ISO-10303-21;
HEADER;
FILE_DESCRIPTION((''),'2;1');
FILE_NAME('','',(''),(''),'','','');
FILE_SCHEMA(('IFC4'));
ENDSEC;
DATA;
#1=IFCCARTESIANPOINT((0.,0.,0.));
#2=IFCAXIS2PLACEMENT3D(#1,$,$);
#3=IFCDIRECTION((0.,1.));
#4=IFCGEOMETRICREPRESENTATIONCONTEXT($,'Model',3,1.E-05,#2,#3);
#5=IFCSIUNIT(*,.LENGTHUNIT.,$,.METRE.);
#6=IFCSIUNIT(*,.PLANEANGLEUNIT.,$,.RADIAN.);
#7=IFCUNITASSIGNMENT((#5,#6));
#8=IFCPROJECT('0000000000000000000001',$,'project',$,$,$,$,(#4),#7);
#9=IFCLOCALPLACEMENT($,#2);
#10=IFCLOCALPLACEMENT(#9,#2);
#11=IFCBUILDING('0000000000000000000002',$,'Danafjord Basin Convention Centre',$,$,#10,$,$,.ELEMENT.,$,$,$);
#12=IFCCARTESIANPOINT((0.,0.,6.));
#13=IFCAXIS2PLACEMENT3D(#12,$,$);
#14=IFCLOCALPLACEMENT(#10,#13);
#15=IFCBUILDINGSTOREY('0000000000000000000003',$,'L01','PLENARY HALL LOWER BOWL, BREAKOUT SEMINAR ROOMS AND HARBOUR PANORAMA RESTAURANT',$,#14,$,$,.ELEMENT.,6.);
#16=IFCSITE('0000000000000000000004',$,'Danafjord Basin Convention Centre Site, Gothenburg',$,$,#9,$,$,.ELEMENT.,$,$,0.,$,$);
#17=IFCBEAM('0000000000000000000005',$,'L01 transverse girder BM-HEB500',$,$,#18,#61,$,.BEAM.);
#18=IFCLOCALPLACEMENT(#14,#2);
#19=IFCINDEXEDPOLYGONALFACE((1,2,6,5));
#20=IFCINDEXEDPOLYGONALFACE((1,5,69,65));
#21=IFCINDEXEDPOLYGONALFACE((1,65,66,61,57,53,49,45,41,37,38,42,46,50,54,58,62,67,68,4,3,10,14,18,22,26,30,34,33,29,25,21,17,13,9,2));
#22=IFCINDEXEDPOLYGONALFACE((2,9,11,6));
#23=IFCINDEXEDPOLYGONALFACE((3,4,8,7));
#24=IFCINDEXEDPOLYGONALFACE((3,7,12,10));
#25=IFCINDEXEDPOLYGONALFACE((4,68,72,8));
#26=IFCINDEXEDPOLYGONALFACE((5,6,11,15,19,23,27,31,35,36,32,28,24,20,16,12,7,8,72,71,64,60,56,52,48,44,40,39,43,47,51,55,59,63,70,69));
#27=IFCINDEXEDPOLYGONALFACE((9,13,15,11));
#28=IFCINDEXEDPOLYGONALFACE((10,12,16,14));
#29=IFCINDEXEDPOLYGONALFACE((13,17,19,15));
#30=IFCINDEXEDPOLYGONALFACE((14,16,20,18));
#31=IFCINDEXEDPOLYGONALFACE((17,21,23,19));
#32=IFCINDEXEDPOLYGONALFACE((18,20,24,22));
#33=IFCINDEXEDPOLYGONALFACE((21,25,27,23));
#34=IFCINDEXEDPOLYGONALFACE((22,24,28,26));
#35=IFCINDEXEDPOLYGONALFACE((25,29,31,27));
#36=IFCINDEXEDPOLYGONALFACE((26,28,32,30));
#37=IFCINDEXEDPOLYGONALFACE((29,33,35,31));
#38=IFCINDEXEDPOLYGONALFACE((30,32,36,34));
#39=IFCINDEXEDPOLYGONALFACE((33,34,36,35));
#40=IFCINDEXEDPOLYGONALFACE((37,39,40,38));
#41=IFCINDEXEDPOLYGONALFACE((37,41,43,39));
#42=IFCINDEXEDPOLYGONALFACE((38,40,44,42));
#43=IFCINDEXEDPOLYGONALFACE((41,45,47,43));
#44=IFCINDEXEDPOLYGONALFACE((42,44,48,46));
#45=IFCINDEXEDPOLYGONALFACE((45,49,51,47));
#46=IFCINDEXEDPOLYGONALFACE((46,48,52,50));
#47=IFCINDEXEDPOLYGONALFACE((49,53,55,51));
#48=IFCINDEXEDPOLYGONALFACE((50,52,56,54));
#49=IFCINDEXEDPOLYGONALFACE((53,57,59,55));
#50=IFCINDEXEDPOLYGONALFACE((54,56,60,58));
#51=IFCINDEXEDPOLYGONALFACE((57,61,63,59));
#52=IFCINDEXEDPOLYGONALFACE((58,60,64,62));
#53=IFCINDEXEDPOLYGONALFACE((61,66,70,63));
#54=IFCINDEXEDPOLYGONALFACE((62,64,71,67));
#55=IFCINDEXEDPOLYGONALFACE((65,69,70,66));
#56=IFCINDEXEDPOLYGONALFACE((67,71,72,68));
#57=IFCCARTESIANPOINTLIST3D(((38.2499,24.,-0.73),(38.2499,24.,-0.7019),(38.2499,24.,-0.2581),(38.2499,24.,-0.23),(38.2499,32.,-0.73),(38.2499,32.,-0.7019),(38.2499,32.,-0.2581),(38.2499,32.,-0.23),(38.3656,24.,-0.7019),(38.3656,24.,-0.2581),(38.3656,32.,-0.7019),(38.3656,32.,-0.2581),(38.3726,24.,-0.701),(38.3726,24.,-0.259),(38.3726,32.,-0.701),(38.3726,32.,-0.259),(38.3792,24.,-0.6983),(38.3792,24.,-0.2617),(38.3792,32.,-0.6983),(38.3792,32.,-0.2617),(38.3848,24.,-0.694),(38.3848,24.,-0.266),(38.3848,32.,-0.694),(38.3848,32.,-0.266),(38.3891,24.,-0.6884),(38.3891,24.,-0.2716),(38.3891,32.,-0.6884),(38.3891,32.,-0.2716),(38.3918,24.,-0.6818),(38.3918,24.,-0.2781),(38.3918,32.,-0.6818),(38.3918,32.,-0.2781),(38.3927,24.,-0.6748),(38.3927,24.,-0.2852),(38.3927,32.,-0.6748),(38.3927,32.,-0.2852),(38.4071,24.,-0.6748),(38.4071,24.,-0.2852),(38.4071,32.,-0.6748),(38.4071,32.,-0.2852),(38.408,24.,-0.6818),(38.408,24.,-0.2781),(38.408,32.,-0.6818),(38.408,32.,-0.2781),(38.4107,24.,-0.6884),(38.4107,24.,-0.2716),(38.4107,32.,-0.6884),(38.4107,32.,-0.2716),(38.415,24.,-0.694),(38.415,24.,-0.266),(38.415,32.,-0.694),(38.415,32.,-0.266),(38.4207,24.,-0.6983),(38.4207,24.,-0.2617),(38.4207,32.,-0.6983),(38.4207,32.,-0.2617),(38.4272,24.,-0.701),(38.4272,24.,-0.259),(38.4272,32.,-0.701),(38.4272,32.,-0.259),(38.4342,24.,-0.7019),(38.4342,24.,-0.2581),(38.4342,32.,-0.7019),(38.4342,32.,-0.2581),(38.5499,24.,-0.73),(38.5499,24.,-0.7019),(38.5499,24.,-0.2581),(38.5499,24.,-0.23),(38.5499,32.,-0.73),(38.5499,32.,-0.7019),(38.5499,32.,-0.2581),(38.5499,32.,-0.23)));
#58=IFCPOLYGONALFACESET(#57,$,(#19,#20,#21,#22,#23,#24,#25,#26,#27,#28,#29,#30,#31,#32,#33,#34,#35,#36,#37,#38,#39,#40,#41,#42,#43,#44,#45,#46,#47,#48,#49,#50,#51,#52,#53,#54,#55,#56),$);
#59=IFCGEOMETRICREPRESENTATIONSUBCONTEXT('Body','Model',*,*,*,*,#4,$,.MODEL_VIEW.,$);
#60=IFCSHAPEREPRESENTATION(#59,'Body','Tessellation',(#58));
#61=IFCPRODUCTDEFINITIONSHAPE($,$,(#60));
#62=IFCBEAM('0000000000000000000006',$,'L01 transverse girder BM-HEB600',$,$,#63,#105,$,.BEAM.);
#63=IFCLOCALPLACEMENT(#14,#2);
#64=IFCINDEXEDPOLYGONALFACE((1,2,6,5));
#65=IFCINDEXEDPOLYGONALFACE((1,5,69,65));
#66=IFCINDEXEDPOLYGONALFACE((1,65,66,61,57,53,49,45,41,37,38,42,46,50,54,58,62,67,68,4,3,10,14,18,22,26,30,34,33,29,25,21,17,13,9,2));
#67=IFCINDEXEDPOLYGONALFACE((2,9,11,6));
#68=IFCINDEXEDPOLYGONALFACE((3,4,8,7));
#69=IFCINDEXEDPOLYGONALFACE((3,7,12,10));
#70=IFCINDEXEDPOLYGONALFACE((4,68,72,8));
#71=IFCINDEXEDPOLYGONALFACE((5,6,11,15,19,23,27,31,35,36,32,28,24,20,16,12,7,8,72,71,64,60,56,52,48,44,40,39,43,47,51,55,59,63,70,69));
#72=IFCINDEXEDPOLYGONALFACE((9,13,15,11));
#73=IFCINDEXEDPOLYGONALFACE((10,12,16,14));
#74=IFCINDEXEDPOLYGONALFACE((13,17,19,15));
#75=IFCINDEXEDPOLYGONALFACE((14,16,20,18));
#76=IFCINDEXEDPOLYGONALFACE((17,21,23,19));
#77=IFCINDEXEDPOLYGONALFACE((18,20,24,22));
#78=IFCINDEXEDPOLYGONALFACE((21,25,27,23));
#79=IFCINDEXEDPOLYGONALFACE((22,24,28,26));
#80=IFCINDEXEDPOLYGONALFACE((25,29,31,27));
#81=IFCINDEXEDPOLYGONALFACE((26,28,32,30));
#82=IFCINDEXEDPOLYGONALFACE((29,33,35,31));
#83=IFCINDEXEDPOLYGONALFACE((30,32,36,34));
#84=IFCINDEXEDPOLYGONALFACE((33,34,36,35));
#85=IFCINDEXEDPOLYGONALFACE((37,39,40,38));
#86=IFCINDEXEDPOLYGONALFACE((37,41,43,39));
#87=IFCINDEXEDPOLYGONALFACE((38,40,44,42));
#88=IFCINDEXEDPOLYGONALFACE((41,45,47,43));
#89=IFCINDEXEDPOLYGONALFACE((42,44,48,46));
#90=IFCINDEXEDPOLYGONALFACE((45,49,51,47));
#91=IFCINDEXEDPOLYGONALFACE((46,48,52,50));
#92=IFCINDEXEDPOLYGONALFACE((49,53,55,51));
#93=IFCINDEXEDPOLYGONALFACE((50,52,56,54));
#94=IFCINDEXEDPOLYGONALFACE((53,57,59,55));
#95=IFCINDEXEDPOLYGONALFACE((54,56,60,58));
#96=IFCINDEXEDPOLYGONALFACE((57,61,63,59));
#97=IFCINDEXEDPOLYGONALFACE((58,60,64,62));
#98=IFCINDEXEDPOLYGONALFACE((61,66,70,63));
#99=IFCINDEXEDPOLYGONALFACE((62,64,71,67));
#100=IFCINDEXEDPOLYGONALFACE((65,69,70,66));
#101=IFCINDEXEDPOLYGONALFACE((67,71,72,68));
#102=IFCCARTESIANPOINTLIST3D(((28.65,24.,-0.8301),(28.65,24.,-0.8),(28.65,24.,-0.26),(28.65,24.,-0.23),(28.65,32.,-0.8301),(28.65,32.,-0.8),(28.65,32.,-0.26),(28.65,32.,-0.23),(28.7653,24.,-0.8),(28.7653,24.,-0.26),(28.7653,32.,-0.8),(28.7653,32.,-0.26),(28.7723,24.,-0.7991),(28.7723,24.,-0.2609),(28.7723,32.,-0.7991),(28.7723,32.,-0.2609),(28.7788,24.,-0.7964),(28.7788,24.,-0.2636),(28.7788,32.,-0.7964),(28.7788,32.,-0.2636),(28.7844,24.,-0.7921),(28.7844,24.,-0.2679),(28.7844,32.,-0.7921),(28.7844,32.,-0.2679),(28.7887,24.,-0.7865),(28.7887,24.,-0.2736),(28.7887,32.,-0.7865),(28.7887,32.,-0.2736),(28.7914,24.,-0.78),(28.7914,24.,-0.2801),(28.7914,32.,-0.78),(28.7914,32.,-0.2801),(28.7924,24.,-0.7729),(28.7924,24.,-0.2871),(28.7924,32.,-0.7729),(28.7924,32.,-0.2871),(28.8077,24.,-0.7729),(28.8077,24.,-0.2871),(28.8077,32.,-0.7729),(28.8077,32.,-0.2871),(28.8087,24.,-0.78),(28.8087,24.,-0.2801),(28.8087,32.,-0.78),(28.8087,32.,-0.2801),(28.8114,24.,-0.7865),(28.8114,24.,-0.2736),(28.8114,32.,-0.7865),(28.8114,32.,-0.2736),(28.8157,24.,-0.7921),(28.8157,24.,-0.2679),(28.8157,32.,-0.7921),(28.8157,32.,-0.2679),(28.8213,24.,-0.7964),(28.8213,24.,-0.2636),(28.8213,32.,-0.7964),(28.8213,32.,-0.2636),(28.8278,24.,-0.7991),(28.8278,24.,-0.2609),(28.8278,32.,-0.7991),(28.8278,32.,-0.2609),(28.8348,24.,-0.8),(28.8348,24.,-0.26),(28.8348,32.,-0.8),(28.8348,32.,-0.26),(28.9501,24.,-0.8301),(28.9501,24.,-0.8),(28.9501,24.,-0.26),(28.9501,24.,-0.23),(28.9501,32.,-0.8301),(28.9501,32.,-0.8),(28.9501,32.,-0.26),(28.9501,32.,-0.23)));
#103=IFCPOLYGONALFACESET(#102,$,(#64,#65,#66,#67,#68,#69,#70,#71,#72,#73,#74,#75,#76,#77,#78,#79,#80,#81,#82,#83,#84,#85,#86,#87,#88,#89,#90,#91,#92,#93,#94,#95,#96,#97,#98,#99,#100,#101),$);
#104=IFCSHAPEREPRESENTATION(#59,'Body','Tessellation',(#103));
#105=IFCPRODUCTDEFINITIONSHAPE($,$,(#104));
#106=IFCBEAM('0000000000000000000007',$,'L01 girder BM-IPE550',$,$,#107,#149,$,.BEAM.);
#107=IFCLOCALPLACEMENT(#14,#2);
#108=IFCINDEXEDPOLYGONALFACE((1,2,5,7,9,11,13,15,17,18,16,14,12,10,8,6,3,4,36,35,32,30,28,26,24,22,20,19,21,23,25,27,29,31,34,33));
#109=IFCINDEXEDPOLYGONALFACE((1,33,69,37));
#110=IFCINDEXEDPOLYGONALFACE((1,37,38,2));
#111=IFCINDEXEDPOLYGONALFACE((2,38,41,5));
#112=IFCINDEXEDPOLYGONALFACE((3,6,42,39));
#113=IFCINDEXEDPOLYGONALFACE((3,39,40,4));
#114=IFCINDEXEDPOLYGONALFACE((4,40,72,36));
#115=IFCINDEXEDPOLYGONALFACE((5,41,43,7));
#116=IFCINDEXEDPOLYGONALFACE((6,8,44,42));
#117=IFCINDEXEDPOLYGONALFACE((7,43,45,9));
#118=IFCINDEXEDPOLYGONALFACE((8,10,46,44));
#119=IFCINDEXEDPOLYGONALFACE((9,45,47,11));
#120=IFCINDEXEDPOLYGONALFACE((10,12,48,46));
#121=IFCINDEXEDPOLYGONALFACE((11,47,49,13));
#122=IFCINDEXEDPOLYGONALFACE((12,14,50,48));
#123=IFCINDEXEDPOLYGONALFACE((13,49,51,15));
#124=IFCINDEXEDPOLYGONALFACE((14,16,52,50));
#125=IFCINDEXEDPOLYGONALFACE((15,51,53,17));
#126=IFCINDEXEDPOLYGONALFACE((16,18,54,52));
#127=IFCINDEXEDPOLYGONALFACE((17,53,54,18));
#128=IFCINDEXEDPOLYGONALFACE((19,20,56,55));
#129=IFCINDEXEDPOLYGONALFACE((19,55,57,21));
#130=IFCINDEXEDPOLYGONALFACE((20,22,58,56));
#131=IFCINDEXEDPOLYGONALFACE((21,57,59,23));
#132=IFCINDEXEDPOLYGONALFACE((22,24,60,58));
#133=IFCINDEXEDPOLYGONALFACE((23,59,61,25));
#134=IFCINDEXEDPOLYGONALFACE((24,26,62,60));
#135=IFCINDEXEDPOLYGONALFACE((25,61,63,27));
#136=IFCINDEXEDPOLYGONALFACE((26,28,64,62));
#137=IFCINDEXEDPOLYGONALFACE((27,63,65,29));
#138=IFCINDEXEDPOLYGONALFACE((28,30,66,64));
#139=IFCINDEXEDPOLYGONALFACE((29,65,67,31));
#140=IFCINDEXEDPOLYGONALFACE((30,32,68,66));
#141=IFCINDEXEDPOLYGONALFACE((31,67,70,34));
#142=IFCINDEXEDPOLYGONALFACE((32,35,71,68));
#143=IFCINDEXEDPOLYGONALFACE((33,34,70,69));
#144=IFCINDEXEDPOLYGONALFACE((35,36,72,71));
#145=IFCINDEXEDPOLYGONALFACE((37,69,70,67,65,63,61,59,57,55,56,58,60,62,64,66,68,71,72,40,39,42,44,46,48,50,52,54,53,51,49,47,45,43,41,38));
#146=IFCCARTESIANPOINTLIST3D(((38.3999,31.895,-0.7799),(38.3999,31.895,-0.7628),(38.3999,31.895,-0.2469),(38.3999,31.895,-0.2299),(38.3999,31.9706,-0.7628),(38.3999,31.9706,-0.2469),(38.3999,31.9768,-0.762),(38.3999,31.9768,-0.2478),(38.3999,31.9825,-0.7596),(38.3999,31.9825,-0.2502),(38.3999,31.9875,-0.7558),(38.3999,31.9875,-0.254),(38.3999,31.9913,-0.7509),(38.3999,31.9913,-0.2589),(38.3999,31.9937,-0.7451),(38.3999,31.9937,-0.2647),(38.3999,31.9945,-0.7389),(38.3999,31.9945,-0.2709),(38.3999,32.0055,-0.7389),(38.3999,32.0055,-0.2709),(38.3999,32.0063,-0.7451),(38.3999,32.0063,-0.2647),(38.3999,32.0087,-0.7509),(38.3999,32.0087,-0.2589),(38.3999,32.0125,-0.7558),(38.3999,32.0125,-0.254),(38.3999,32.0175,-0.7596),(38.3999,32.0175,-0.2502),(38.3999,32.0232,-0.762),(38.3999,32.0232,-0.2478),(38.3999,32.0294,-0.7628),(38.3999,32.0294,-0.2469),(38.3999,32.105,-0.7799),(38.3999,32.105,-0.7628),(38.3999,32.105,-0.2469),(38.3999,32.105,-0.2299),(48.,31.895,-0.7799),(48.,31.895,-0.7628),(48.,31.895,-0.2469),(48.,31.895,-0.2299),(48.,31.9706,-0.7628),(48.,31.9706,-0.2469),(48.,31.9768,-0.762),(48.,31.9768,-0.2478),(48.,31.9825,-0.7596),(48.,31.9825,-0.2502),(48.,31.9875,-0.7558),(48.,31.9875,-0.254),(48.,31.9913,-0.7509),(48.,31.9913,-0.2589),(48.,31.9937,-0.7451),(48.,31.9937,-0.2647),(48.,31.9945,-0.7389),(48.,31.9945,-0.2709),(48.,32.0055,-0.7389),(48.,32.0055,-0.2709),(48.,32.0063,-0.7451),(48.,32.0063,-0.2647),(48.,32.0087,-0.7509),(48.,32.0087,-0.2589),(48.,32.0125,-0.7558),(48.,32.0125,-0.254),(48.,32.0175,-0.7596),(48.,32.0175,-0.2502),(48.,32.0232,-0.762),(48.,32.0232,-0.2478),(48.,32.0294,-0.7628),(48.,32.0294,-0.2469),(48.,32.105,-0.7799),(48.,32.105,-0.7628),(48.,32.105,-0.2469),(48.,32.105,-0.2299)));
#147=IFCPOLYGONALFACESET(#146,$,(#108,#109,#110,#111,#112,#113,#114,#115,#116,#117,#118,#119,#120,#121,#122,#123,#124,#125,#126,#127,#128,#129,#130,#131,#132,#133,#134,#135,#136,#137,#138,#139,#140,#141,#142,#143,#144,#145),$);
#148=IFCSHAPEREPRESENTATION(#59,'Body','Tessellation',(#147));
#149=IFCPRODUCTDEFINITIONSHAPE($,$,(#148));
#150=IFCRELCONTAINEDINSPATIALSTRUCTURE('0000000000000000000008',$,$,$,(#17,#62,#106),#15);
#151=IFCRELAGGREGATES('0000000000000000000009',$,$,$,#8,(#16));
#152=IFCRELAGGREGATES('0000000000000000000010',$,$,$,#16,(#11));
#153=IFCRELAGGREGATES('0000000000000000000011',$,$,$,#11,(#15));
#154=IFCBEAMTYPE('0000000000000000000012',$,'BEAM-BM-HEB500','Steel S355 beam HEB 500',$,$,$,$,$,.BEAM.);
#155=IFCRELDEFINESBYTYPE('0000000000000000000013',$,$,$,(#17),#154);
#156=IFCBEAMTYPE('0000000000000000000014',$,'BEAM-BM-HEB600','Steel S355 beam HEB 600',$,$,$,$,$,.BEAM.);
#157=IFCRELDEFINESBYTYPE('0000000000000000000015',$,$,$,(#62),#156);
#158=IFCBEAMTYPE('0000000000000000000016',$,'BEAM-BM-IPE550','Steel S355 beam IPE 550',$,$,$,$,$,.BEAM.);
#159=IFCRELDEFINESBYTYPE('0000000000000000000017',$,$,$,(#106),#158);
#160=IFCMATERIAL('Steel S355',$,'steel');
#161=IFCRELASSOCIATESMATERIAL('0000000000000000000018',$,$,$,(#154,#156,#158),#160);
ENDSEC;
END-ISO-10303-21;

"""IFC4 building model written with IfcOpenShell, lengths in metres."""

from ifc_helpers import new_model, si_unit, direction, frame, origin, origin_2d, place, context, subcontext, project, spatial, i_section, extrude, material, material_profile, profile_set, type_object, element, save


model = new_model("IFC4")

# Units and contexts
model_context = context("Model", 3, precision=1e-05, world=origin(), true_north=direction((0.0, 1.0)))
body_context = subcontext(model_context, "Body", "Model", "MODEL_VIEW")
ifc_project = project(units=[si_unit("LENGTHUNIT", "METRE"), si_unit("PLANEANGLEUNIT", "RADIAN")], contexts=[model_context])

# Site, building, storey
site_placement = place(None, origin())
site = spatial("IfcSite", under=ifc_project, at=site_placement, Name="Danafjord Basin Convention Centre Site, Gothenburg", CompositionType="ELEMENT", RefElevation=0.0)
building_placement = place(site_placement, origin())
building = spatial("IfcBuilding", under=site, at=building_placement, Name="Danafjord Basin Convention Centre", CompositionType="ELEMENT")
storey_placement = place(building_placement, frame((0.0, 0.0, 6.0)))
storey = spatial("IfcBuildingStorey", under=building, at=storey_placement, Name="L01", Description="PLENARY HALL LOWER BOWL, BREAKOUT SEMINAR ROOMS AND HARBOUR PANORAMA RESTAURANT", CompositionType="ELEMENT", Elevation=6.0)

# Shared definitions
ifc_material_1 = material(Name="Steel S355", Category="steel")

# Beams
ifc_material_profile_1 = material_profile(ifc_material_1, i_section(OverallWidth=0.3, OverallDepth=0.5, WebThickness=0.0144, FlangeThickness=0.0281, FilletRadius=0.0271, at=origin_2d()), Name="HEB 500")
ifc_profile_set_1 = profile_set([ifc_material_profile_1], Name="Steel S355")
beam_type_1 = type_object("IfcBeamType", Name="BEAM-BM-HEB500", Description="Steel S355 beam HEB 500", PredefinedType="BEAM", material=ifc_profile_set_1)
for number, where, z_axis, x_axis, name in (
    (1, (38.3999, 24.0, -0.48), (0.0, 1.0, 0.0), (-1.0, 0.0, 0.0), "L01 transverse girder BM-HEB500"),
):
    element("IfcBeam", number, at=place(storey_placement, frame(where, z_axis=z_axis, x_axis=x_axis)), inside=storey, type_object=beam_type_1, Name=name, PredefinedType="BEAM", context=body_context, shape_type="SweptSolid", body=[
        extrude(i_section(OverallWidth=0.3, OverallDepth=0.5, WebThickness=0.0144, FlangeThickness=0.0281, FilletRadius=0.0271, at=origin_2d()), origin(), (0.0, 0.0, 1.0), 8.0),
    ])
ifc_material_profile_2 = material_profile(ifc_material_1, i_section(OverallWidth=0.3, OverallDepth=0.6001, WebThickness=0.0154, FlangeThickness=0.03, FilletRadius=0.0271, at=origin_2d()), Name="HEB 600")
ifc_profile_set_2 = profile_set([ifc_material_profile_2], Name="Steel S355")
beam_type_2 = type_object("IfcBeamType", Name="BEAM-BM-HEB600", Description="Steel S355 beam HEB 600", PredefinedType="BEAM", material=ifc_profile_set_2)
beam_1_placement = place(storey_placement, frame((28.8, 24.0, -0.53), z_axis=(0.0, 1.0, 0.0), x_axis=(-1.0, 0.0, 0.0)))
element("IfcBeam", 2, at=beam_1_placement, inside=storey, type_object=beam_type_2, Name="L01 transverse girder BM-HEB600", PredefinedType="BEAM", context=body_context, shape_type="SweptSolid", body=[
    extrude(i_section(OverallWidth=0.3, OverallDepth=0.6001, WebThickness=0.0154, FlangeThickness=0.03, FilletRadius=0.0271, at=origin_2d()), origin(), (0.0, 0.0, 1.0), 8.0),
])
ifc_material_profile_3 = material_profile(ifc_material_1, i_section(OverallWidth=0.21, OverallDepth=0.55, WebThickness=0.011, FlangeThickness=0.0171, FilletRadius=0.0239, at=origin_2d()), Name="IPE 550")
ifc_profile_set_3 = profile_set([ifc_material_profile_3], Name="Steel S355")
beam_type_3 = type_object("IfcBeamType", Name="BEAM-BM-IPE550", Description="Steel S355 beam IPE 550", PredefinedType="BEAM", material=ifc_profile_set_3)
beam_2_placement = place(storey_placement, frame((38.3999, 32.0, -0.5049), z_axis=(1.0, 0.0, 0.0), x_axis=(0.0, 1.0, 0.0)))
element("IfcBeam", 3, at=beam_2_placement, inside=storey, type_object=beam_type_3, Name="L01 girder BM-IPE550", PredefinedType="BEAM", context=body_context, shape_type="SweptSolid", body=[
    extrude(i_section(OverallWidth=0.21, OverallDepth=0.55, WebThickness=0.011, FlangeThickness=0.0171, FilletRadius=0.0239, at=origin_2d()), origin(), (0.0, 0.0, 1.0), 9.6001),
])

save(model, "model.ifc")
